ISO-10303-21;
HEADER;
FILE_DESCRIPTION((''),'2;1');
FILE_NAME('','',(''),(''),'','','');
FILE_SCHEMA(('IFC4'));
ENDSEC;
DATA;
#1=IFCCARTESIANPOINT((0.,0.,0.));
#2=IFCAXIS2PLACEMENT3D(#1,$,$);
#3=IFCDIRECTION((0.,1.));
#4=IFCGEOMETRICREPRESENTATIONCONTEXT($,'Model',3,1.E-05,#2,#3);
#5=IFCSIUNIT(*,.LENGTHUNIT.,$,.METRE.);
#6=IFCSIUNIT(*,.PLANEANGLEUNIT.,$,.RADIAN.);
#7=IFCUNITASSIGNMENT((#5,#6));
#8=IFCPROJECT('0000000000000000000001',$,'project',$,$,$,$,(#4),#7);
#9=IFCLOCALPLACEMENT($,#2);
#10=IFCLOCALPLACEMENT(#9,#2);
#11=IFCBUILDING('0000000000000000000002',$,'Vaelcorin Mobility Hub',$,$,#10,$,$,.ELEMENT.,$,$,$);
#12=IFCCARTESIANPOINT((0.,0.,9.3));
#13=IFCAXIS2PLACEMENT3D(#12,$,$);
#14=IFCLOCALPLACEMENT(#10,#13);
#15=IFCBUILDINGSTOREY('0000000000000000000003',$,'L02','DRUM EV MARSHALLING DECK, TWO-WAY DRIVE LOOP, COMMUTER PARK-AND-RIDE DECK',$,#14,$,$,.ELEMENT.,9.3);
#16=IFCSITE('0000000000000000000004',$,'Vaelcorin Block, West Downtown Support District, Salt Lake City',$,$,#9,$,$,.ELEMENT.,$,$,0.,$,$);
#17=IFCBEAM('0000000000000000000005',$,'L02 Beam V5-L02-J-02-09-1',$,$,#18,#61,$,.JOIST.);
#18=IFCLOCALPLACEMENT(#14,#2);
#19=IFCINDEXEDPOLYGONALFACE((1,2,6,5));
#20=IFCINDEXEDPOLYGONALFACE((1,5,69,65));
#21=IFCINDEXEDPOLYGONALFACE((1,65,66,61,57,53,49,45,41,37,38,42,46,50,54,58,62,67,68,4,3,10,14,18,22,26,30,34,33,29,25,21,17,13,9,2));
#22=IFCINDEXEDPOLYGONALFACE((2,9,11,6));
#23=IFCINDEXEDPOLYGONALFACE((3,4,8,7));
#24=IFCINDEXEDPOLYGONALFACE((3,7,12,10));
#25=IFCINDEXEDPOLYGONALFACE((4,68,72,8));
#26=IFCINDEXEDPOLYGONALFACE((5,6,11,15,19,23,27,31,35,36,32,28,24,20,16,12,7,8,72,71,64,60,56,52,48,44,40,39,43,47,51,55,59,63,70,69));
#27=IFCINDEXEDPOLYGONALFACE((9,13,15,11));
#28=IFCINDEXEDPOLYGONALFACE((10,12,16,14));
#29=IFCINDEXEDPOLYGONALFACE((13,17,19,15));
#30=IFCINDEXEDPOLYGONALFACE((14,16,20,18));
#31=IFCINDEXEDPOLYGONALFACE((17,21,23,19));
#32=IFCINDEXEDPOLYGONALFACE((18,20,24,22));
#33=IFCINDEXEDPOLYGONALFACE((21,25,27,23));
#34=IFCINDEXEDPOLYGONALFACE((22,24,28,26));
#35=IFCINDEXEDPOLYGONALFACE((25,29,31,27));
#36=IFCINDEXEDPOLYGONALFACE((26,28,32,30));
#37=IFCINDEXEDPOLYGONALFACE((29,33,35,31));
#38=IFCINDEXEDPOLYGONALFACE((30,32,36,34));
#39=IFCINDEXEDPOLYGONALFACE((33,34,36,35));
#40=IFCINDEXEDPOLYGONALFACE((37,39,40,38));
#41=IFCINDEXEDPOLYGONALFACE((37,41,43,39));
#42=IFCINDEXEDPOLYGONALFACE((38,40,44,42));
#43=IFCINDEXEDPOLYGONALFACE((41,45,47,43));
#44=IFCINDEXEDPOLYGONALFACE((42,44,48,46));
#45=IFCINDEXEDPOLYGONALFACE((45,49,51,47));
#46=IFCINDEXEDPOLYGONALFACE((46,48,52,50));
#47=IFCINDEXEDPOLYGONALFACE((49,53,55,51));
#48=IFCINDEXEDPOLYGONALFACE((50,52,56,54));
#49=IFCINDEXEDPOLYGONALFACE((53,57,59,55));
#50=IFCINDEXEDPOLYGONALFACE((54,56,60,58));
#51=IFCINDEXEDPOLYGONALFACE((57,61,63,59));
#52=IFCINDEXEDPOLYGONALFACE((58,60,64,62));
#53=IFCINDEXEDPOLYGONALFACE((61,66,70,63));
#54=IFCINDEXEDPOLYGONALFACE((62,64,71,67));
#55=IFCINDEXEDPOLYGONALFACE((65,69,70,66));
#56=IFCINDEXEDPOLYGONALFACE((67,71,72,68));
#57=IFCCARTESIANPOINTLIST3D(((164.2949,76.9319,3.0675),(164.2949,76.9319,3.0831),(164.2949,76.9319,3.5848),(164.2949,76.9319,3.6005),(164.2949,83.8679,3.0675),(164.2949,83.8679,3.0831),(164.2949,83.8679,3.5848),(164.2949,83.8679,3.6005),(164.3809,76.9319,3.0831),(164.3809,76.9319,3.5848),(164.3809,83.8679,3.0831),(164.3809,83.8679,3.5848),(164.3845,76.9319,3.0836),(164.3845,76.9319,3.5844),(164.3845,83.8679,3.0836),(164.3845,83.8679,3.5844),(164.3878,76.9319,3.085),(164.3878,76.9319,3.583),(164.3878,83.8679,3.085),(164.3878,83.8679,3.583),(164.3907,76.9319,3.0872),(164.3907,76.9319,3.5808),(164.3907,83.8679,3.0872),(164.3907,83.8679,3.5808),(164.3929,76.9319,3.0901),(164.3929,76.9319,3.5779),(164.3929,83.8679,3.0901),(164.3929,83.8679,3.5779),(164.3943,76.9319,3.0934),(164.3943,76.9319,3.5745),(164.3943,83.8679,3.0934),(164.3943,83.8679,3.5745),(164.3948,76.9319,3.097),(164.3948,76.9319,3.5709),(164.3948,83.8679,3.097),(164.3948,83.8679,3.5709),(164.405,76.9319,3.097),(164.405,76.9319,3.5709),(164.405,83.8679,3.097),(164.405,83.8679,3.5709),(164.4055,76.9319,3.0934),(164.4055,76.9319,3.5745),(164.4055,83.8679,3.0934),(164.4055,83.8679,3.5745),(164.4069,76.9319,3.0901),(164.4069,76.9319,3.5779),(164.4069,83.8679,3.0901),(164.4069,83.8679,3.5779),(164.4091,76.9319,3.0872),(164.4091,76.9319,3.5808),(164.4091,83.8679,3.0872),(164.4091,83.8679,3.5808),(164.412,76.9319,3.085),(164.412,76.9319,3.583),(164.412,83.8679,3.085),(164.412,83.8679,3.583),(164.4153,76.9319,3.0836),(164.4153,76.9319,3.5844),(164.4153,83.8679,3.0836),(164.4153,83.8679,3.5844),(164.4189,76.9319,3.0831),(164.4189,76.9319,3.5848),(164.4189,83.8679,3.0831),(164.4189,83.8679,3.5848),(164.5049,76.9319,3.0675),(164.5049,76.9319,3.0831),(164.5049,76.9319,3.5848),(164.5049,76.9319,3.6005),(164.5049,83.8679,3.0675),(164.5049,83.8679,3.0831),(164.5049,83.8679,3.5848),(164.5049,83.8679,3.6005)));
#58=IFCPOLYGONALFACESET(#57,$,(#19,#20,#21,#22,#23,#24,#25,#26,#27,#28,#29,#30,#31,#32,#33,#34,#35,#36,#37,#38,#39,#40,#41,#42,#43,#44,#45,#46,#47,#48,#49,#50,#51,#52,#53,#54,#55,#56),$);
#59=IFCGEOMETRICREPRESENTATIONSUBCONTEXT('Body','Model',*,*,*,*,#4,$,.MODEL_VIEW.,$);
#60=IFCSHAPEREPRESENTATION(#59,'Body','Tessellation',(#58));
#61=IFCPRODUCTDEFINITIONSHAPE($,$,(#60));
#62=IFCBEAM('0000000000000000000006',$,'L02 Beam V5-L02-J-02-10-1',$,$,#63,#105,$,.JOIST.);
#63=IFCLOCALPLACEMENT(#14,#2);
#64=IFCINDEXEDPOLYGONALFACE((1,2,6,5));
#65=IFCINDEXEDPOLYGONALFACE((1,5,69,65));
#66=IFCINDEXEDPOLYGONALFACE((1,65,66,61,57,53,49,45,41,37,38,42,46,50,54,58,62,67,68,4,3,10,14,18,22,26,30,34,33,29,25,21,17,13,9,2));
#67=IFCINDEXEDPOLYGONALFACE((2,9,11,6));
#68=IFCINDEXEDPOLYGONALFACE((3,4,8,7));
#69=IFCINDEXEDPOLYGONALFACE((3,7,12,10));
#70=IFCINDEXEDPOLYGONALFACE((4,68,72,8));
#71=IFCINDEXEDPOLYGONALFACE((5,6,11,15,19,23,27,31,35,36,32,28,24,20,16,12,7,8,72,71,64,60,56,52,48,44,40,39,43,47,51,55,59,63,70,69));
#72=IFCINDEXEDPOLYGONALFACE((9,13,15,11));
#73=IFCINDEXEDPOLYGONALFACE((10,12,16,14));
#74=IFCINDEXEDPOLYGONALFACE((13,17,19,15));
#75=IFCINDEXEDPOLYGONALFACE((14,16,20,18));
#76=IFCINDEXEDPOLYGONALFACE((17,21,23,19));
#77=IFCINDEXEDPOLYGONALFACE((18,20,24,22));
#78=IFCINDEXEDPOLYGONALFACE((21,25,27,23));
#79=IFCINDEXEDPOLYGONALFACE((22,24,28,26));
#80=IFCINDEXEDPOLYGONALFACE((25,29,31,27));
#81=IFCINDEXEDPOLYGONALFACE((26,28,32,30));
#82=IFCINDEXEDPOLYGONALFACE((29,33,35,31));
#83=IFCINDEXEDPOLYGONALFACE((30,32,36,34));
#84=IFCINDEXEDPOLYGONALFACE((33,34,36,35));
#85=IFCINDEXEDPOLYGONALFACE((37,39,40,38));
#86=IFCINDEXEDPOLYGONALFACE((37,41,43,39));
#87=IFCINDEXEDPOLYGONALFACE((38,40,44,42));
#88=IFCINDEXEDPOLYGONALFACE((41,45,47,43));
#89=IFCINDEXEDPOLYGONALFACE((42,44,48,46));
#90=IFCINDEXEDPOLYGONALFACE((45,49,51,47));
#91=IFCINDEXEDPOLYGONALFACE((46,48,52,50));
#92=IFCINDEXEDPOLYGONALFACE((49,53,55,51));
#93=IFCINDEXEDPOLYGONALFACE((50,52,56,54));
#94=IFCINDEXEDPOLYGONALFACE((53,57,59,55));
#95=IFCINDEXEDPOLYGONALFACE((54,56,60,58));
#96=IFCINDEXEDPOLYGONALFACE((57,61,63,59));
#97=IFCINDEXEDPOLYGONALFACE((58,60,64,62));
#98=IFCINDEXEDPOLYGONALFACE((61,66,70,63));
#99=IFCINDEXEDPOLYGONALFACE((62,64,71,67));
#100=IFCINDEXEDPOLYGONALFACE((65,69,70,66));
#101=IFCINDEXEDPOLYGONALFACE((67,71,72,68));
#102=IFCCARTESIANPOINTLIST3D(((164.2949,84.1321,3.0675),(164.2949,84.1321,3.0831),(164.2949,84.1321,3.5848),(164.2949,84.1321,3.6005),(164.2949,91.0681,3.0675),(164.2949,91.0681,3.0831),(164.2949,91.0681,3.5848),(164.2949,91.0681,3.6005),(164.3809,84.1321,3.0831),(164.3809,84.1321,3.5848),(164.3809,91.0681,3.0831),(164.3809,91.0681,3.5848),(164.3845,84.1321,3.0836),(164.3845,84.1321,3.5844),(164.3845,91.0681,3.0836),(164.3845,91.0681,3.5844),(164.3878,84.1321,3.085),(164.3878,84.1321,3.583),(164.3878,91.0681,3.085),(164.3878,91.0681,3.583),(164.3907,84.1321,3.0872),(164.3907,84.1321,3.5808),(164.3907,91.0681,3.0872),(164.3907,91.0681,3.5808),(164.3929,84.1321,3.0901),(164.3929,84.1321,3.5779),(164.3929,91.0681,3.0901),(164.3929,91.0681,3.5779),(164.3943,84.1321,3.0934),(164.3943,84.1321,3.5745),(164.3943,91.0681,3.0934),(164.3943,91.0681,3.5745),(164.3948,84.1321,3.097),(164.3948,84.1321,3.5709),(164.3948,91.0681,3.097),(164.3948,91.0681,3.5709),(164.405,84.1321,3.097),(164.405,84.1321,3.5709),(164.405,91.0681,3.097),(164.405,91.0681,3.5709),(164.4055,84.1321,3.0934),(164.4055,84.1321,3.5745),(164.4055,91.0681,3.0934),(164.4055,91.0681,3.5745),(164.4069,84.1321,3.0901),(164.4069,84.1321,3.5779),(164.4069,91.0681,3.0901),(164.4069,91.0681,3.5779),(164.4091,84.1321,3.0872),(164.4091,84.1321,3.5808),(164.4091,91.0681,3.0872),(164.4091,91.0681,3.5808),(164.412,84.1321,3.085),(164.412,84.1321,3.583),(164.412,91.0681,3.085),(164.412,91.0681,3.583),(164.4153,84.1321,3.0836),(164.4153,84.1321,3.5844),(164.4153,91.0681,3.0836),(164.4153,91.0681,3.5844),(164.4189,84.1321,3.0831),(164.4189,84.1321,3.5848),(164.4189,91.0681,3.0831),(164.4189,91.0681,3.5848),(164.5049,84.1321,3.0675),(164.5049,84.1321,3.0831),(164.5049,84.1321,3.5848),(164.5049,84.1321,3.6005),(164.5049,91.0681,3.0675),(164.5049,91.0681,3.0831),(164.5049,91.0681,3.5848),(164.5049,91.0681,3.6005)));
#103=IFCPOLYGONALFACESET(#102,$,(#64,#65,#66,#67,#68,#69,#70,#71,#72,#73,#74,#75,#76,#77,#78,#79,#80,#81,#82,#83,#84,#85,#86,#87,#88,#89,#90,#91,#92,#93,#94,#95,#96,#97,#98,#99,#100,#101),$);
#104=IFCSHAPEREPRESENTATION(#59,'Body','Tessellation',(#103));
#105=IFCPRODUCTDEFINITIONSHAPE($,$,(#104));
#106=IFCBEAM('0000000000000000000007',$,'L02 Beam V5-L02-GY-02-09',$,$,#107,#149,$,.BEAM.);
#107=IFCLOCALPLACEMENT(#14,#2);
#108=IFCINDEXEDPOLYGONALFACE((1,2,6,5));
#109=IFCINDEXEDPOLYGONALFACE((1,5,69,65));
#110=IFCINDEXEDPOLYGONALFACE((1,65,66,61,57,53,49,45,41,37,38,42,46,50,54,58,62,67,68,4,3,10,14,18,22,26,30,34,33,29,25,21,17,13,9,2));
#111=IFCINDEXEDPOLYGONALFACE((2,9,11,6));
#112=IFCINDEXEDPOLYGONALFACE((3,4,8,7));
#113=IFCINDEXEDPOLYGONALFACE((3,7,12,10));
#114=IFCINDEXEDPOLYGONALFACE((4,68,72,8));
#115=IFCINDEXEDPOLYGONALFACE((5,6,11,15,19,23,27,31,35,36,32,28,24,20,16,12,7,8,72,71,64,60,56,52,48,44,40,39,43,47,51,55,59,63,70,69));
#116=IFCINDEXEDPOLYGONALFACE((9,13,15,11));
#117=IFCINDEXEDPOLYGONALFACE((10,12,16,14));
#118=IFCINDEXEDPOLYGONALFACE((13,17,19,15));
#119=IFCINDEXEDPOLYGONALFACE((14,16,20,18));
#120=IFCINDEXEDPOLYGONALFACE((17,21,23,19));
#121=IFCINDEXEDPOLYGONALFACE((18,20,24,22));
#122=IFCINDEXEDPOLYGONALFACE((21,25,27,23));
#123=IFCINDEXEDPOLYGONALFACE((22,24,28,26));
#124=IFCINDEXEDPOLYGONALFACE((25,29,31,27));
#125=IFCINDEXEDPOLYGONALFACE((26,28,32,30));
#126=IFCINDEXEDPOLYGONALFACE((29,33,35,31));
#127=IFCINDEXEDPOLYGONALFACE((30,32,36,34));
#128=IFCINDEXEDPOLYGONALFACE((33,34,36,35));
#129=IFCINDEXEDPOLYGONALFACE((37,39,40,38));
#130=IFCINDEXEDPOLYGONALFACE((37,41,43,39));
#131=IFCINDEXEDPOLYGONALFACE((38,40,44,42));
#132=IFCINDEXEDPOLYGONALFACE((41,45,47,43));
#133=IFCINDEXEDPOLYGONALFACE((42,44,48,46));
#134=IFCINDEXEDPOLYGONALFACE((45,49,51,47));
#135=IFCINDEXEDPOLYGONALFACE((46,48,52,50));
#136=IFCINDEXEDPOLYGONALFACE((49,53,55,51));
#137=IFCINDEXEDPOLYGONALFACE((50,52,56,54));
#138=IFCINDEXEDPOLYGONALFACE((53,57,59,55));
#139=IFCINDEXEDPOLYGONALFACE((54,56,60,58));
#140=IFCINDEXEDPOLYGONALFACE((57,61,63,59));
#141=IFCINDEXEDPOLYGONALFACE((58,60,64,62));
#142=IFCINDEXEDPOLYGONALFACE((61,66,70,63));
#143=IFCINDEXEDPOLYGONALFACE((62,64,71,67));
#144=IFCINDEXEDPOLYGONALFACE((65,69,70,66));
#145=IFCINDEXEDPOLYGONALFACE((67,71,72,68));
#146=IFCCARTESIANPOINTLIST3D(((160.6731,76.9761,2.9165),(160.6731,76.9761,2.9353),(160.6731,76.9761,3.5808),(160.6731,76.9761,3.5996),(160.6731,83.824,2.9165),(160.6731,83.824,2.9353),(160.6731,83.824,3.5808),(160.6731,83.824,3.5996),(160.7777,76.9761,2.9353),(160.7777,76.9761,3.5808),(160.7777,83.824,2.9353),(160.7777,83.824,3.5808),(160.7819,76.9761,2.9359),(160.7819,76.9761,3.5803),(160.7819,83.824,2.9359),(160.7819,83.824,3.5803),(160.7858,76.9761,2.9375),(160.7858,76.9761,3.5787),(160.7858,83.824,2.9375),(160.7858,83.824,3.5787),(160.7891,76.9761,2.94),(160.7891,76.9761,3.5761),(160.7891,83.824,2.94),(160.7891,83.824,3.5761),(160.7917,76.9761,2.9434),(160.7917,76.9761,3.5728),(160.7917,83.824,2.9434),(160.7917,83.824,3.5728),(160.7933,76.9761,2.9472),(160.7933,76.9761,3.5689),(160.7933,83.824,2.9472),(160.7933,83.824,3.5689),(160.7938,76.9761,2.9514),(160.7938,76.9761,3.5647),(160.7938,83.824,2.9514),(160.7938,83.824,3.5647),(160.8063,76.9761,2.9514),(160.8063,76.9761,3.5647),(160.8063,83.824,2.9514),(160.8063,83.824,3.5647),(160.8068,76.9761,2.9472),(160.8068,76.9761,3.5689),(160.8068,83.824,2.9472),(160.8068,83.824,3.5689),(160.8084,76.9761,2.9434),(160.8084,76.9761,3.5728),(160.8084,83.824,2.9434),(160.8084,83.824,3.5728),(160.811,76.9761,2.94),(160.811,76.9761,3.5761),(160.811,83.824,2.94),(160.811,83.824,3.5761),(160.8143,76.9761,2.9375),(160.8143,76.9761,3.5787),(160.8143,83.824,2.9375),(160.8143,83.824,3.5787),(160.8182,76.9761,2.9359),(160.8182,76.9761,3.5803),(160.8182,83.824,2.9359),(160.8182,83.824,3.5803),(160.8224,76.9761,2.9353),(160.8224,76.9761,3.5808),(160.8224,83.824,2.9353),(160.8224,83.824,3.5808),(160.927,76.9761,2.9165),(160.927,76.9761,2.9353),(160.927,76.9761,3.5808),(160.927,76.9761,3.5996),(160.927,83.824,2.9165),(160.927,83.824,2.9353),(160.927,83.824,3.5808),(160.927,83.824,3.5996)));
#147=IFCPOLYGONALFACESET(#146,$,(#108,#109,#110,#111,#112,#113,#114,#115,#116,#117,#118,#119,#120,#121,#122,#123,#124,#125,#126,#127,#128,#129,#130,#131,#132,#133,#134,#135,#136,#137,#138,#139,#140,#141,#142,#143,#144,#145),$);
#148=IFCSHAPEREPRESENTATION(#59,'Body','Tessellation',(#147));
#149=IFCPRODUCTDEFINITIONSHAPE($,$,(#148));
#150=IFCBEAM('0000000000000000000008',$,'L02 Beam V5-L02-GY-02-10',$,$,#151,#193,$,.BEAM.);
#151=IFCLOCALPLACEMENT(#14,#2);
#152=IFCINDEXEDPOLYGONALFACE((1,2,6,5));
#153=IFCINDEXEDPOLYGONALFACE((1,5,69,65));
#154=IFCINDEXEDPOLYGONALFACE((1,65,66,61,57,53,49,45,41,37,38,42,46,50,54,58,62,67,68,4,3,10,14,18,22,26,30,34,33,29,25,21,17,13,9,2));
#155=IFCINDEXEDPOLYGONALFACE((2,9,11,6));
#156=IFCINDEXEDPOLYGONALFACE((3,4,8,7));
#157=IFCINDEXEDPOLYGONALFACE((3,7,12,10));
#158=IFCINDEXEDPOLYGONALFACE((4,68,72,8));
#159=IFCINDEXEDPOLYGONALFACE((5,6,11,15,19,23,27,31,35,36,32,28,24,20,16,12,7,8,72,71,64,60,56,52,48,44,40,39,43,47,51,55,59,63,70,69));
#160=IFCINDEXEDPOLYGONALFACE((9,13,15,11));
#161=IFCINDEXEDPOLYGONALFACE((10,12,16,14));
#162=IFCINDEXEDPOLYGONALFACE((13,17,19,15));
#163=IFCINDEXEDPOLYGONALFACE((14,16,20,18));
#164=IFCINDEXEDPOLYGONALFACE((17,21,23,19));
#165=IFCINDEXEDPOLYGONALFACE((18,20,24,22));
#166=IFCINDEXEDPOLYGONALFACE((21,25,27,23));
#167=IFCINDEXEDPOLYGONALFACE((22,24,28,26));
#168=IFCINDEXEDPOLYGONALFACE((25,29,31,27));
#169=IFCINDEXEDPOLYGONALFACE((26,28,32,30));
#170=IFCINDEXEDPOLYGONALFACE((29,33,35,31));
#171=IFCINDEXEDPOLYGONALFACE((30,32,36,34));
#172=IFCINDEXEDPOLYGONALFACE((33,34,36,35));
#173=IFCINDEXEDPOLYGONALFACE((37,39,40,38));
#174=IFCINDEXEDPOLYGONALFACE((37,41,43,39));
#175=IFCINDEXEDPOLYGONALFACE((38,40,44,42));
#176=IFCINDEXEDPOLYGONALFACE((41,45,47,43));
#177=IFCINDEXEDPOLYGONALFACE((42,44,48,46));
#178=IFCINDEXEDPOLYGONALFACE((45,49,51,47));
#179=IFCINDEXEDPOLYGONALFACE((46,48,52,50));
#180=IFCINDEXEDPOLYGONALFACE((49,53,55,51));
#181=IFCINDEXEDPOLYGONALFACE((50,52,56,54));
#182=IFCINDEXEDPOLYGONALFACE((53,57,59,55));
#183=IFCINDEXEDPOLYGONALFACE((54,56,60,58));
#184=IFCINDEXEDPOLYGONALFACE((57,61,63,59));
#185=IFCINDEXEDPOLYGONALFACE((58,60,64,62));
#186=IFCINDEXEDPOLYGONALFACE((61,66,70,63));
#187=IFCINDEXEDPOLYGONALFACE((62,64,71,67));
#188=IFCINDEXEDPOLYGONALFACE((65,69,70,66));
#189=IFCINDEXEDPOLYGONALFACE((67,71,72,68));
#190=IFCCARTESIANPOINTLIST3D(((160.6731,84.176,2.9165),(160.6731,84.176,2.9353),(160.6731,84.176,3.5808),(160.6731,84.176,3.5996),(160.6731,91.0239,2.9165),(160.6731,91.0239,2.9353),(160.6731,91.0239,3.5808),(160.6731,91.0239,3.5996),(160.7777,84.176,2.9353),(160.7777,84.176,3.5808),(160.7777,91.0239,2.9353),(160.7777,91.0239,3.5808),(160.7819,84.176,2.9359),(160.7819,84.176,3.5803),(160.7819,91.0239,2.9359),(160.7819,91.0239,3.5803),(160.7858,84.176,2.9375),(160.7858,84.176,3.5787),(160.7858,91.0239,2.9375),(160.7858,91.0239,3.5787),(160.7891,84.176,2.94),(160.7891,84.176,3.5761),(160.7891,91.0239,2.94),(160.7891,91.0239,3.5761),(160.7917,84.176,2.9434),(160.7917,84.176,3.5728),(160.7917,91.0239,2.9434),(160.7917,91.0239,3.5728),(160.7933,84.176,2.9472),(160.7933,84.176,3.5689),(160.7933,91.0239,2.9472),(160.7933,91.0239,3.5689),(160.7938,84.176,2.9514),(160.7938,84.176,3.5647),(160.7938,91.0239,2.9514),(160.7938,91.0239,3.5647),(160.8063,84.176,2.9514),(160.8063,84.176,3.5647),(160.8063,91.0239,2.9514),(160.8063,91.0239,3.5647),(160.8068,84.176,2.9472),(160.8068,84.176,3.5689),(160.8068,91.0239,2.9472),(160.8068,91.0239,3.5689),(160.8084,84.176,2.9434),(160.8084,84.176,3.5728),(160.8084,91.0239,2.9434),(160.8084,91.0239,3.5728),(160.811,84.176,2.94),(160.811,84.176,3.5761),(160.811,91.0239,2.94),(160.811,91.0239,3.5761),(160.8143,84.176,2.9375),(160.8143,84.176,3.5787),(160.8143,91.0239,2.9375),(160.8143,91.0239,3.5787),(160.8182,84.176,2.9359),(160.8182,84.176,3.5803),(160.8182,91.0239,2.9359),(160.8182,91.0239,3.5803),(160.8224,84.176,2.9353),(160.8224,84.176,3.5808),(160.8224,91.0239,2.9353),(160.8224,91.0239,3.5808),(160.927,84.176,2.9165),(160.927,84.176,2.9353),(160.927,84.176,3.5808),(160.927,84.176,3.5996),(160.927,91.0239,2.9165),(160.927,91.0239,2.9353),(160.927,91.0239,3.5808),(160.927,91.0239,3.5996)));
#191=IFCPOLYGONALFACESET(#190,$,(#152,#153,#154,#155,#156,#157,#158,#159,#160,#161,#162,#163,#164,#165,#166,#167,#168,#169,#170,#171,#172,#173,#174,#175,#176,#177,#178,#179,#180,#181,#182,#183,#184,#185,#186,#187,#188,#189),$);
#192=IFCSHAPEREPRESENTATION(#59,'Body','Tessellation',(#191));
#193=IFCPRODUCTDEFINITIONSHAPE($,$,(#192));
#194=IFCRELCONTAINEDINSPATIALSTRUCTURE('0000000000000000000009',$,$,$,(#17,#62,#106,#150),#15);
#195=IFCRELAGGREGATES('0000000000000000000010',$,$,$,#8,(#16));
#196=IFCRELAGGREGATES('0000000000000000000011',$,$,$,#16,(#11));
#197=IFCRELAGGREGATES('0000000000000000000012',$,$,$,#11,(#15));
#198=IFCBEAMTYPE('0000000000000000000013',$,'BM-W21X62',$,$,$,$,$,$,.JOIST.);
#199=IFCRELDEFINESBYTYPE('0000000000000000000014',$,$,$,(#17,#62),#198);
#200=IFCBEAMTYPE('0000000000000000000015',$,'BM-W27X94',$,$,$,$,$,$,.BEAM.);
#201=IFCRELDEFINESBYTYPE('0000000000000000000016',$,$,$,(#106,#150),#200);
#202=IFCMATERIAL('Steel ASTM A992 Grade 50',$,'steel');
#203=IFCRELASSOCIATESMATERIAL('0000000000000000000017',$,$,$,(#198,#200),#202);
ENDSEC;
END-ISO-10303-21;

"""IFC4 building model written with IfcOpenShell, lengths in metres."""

from ifc_helpers import new_model, si_unit, direction, frame, origin, origin_2d, place, context, subcontext, project, spatial, i_section, extrude, material, material_profile, profile_set, type_object, element, save


model = new_model("IFC4")

# Units and contexts
model_context = context("Model", 3, precision=1e-05, world=origin(), true_north=direction((0.0, 1.0)))
body_context = subcontext(model_context, "Body", "Model", "MODEL_VIEW")
ifc_project = project(units=[si_unit("LENGTHUNIT", "METRE"), si_unit("PLANEANGLEUNIT", "RADIAN")], contexts=[model_context])

# Site, building, storey
site_placement = place(None, origin())
site = spatial("IfcSite", under=ifc_project, at=site_placement, Name="Vaelcorin Block, West Downtown Support District, Salt Lake City", CompositionType="ELEMENT", RefElevation=0.0)
building_placement = place(site_placement, origin())
building = spatial("IfcBuilding", under=site, at=building_placement, Name="Vaelcorin Mobility Hub", CompositionType="ELEMENT")
storey_placement = place(building_placement, frame((0.0, 0.0, 9.3)))
storey = spatial("IfcBuildingStorey", under=building, at=storey_placement, Name="L02", Description="DRUM EV MARSHALLING DECK, TWO-WAY DRIVE LOOP, COMMUTER PARK-AND-RIDE DECK", CompositionType="ELEMENT", Elevation=9.3)

# Shared definitions
ifc_material_1 = material(Name="Steel ASTM A992 Grade 50", Category="steel")

# Beams
ifc_material_profile_1 = material_profile(ifc_material_1, i_section(OverallWidth=0.21, OverallDepth=0.533, WebThickness=0.0103, FlangeThickness=0.0156, FilletRadius=0.0139, at=origin_2d()), Name="W21X62")
ifc_profile_set_1 = profile_set([ifc_material_profile_1], Name="Steel ASTM A992 Grade 50")
beam_type_1 = type_object("IfcBeamType", Name="BM-W21X62", PredefinedType="JOIST", material=ifc_profile_set_1)
for number, where, z_axis, x_axis, name in (
    (1, (164.3999, 76.9319, 3.334), (0.0, 1.0, 0.0), (-1.0, 0.0, 0.0), "L02 Beam V5-L02-J-02-09-1"),
    (2, (164.3999, 84.1321, 3.334), (0.0, 1.0, 0.0), (-1.0, 0.0, 0.0), "L02 Beam V5-L02-J-02-10-1"),
):
    element("IfcBeam", number, at=place(storey_placement, frame(where, z_axis=z_axis, x_axis=x_axis)), inside=storey, type_object=beam_type_1, Name=name, PredefinedType="JOIST", context=body_context, shape_type="SweptSolid", body=[
        extrude(i_section(OverallWidth=0.21, OverallDepth=0.533, WebThickness=0.0103, FlangeThickness=0.0156, FilletRadius=0.0139, at=origin_2d()), origin(), (0.0, 0.0, 1.0), 6.936),
    ])
ifc_material_profile_2 = material_profile(ifc_material_1, i_section(OverallWidth=0.2539, OverallDepth=0.6831, WebThickness=0.0125, FlangeThickness=0.0188, FilletRadius=0.0161, at=origin_2d()), Name="W27X94")
ifc_profile_set_2 = profile_set([ifc_material_profile_2], Name="Steel ASTM A992 Grade 50")
beam_type_2 = type_object("IfcBeamType", Name="BM-W27X94", PredefinedType="BEAM", material=ifc_profile_set_2)
for number, where, z_axis, x_axis, name in (
    (3, (160.8, 76.9761, 3.2581), (0.0, 1.0, 0.0), (-1.0, 0.0, 0.0), "L02 Beam V5-L02-GY-02-09"),
    (4, (160.8, 84.176, 3.2581), (0.0, 1.0, 0.0), (-1.0, 0.0, 0.0), "L02 Beam V5-L02-GY-02-10"),
):
    element("IfcBeam", number, at=place(storey_placement, frame(where, z_axis=z_axis, x_axis=x_axis)), inside=storey, type_object=beam_type_2, Name=name, PredefinedType="BEAM", context=body_context, shape_type="SweptSolid", body=[
        extrude(i_section(OverallWidth=0.2539, OverallDepth=0.6831, WebThickness=0.0125, FlangeThickness=0.0188, FilletRadius=0.0161, at=origin_2d()), origin(), (0.0, 0.0, 1.0), 6.8479),
    ])

save(model, "model.ifc")
